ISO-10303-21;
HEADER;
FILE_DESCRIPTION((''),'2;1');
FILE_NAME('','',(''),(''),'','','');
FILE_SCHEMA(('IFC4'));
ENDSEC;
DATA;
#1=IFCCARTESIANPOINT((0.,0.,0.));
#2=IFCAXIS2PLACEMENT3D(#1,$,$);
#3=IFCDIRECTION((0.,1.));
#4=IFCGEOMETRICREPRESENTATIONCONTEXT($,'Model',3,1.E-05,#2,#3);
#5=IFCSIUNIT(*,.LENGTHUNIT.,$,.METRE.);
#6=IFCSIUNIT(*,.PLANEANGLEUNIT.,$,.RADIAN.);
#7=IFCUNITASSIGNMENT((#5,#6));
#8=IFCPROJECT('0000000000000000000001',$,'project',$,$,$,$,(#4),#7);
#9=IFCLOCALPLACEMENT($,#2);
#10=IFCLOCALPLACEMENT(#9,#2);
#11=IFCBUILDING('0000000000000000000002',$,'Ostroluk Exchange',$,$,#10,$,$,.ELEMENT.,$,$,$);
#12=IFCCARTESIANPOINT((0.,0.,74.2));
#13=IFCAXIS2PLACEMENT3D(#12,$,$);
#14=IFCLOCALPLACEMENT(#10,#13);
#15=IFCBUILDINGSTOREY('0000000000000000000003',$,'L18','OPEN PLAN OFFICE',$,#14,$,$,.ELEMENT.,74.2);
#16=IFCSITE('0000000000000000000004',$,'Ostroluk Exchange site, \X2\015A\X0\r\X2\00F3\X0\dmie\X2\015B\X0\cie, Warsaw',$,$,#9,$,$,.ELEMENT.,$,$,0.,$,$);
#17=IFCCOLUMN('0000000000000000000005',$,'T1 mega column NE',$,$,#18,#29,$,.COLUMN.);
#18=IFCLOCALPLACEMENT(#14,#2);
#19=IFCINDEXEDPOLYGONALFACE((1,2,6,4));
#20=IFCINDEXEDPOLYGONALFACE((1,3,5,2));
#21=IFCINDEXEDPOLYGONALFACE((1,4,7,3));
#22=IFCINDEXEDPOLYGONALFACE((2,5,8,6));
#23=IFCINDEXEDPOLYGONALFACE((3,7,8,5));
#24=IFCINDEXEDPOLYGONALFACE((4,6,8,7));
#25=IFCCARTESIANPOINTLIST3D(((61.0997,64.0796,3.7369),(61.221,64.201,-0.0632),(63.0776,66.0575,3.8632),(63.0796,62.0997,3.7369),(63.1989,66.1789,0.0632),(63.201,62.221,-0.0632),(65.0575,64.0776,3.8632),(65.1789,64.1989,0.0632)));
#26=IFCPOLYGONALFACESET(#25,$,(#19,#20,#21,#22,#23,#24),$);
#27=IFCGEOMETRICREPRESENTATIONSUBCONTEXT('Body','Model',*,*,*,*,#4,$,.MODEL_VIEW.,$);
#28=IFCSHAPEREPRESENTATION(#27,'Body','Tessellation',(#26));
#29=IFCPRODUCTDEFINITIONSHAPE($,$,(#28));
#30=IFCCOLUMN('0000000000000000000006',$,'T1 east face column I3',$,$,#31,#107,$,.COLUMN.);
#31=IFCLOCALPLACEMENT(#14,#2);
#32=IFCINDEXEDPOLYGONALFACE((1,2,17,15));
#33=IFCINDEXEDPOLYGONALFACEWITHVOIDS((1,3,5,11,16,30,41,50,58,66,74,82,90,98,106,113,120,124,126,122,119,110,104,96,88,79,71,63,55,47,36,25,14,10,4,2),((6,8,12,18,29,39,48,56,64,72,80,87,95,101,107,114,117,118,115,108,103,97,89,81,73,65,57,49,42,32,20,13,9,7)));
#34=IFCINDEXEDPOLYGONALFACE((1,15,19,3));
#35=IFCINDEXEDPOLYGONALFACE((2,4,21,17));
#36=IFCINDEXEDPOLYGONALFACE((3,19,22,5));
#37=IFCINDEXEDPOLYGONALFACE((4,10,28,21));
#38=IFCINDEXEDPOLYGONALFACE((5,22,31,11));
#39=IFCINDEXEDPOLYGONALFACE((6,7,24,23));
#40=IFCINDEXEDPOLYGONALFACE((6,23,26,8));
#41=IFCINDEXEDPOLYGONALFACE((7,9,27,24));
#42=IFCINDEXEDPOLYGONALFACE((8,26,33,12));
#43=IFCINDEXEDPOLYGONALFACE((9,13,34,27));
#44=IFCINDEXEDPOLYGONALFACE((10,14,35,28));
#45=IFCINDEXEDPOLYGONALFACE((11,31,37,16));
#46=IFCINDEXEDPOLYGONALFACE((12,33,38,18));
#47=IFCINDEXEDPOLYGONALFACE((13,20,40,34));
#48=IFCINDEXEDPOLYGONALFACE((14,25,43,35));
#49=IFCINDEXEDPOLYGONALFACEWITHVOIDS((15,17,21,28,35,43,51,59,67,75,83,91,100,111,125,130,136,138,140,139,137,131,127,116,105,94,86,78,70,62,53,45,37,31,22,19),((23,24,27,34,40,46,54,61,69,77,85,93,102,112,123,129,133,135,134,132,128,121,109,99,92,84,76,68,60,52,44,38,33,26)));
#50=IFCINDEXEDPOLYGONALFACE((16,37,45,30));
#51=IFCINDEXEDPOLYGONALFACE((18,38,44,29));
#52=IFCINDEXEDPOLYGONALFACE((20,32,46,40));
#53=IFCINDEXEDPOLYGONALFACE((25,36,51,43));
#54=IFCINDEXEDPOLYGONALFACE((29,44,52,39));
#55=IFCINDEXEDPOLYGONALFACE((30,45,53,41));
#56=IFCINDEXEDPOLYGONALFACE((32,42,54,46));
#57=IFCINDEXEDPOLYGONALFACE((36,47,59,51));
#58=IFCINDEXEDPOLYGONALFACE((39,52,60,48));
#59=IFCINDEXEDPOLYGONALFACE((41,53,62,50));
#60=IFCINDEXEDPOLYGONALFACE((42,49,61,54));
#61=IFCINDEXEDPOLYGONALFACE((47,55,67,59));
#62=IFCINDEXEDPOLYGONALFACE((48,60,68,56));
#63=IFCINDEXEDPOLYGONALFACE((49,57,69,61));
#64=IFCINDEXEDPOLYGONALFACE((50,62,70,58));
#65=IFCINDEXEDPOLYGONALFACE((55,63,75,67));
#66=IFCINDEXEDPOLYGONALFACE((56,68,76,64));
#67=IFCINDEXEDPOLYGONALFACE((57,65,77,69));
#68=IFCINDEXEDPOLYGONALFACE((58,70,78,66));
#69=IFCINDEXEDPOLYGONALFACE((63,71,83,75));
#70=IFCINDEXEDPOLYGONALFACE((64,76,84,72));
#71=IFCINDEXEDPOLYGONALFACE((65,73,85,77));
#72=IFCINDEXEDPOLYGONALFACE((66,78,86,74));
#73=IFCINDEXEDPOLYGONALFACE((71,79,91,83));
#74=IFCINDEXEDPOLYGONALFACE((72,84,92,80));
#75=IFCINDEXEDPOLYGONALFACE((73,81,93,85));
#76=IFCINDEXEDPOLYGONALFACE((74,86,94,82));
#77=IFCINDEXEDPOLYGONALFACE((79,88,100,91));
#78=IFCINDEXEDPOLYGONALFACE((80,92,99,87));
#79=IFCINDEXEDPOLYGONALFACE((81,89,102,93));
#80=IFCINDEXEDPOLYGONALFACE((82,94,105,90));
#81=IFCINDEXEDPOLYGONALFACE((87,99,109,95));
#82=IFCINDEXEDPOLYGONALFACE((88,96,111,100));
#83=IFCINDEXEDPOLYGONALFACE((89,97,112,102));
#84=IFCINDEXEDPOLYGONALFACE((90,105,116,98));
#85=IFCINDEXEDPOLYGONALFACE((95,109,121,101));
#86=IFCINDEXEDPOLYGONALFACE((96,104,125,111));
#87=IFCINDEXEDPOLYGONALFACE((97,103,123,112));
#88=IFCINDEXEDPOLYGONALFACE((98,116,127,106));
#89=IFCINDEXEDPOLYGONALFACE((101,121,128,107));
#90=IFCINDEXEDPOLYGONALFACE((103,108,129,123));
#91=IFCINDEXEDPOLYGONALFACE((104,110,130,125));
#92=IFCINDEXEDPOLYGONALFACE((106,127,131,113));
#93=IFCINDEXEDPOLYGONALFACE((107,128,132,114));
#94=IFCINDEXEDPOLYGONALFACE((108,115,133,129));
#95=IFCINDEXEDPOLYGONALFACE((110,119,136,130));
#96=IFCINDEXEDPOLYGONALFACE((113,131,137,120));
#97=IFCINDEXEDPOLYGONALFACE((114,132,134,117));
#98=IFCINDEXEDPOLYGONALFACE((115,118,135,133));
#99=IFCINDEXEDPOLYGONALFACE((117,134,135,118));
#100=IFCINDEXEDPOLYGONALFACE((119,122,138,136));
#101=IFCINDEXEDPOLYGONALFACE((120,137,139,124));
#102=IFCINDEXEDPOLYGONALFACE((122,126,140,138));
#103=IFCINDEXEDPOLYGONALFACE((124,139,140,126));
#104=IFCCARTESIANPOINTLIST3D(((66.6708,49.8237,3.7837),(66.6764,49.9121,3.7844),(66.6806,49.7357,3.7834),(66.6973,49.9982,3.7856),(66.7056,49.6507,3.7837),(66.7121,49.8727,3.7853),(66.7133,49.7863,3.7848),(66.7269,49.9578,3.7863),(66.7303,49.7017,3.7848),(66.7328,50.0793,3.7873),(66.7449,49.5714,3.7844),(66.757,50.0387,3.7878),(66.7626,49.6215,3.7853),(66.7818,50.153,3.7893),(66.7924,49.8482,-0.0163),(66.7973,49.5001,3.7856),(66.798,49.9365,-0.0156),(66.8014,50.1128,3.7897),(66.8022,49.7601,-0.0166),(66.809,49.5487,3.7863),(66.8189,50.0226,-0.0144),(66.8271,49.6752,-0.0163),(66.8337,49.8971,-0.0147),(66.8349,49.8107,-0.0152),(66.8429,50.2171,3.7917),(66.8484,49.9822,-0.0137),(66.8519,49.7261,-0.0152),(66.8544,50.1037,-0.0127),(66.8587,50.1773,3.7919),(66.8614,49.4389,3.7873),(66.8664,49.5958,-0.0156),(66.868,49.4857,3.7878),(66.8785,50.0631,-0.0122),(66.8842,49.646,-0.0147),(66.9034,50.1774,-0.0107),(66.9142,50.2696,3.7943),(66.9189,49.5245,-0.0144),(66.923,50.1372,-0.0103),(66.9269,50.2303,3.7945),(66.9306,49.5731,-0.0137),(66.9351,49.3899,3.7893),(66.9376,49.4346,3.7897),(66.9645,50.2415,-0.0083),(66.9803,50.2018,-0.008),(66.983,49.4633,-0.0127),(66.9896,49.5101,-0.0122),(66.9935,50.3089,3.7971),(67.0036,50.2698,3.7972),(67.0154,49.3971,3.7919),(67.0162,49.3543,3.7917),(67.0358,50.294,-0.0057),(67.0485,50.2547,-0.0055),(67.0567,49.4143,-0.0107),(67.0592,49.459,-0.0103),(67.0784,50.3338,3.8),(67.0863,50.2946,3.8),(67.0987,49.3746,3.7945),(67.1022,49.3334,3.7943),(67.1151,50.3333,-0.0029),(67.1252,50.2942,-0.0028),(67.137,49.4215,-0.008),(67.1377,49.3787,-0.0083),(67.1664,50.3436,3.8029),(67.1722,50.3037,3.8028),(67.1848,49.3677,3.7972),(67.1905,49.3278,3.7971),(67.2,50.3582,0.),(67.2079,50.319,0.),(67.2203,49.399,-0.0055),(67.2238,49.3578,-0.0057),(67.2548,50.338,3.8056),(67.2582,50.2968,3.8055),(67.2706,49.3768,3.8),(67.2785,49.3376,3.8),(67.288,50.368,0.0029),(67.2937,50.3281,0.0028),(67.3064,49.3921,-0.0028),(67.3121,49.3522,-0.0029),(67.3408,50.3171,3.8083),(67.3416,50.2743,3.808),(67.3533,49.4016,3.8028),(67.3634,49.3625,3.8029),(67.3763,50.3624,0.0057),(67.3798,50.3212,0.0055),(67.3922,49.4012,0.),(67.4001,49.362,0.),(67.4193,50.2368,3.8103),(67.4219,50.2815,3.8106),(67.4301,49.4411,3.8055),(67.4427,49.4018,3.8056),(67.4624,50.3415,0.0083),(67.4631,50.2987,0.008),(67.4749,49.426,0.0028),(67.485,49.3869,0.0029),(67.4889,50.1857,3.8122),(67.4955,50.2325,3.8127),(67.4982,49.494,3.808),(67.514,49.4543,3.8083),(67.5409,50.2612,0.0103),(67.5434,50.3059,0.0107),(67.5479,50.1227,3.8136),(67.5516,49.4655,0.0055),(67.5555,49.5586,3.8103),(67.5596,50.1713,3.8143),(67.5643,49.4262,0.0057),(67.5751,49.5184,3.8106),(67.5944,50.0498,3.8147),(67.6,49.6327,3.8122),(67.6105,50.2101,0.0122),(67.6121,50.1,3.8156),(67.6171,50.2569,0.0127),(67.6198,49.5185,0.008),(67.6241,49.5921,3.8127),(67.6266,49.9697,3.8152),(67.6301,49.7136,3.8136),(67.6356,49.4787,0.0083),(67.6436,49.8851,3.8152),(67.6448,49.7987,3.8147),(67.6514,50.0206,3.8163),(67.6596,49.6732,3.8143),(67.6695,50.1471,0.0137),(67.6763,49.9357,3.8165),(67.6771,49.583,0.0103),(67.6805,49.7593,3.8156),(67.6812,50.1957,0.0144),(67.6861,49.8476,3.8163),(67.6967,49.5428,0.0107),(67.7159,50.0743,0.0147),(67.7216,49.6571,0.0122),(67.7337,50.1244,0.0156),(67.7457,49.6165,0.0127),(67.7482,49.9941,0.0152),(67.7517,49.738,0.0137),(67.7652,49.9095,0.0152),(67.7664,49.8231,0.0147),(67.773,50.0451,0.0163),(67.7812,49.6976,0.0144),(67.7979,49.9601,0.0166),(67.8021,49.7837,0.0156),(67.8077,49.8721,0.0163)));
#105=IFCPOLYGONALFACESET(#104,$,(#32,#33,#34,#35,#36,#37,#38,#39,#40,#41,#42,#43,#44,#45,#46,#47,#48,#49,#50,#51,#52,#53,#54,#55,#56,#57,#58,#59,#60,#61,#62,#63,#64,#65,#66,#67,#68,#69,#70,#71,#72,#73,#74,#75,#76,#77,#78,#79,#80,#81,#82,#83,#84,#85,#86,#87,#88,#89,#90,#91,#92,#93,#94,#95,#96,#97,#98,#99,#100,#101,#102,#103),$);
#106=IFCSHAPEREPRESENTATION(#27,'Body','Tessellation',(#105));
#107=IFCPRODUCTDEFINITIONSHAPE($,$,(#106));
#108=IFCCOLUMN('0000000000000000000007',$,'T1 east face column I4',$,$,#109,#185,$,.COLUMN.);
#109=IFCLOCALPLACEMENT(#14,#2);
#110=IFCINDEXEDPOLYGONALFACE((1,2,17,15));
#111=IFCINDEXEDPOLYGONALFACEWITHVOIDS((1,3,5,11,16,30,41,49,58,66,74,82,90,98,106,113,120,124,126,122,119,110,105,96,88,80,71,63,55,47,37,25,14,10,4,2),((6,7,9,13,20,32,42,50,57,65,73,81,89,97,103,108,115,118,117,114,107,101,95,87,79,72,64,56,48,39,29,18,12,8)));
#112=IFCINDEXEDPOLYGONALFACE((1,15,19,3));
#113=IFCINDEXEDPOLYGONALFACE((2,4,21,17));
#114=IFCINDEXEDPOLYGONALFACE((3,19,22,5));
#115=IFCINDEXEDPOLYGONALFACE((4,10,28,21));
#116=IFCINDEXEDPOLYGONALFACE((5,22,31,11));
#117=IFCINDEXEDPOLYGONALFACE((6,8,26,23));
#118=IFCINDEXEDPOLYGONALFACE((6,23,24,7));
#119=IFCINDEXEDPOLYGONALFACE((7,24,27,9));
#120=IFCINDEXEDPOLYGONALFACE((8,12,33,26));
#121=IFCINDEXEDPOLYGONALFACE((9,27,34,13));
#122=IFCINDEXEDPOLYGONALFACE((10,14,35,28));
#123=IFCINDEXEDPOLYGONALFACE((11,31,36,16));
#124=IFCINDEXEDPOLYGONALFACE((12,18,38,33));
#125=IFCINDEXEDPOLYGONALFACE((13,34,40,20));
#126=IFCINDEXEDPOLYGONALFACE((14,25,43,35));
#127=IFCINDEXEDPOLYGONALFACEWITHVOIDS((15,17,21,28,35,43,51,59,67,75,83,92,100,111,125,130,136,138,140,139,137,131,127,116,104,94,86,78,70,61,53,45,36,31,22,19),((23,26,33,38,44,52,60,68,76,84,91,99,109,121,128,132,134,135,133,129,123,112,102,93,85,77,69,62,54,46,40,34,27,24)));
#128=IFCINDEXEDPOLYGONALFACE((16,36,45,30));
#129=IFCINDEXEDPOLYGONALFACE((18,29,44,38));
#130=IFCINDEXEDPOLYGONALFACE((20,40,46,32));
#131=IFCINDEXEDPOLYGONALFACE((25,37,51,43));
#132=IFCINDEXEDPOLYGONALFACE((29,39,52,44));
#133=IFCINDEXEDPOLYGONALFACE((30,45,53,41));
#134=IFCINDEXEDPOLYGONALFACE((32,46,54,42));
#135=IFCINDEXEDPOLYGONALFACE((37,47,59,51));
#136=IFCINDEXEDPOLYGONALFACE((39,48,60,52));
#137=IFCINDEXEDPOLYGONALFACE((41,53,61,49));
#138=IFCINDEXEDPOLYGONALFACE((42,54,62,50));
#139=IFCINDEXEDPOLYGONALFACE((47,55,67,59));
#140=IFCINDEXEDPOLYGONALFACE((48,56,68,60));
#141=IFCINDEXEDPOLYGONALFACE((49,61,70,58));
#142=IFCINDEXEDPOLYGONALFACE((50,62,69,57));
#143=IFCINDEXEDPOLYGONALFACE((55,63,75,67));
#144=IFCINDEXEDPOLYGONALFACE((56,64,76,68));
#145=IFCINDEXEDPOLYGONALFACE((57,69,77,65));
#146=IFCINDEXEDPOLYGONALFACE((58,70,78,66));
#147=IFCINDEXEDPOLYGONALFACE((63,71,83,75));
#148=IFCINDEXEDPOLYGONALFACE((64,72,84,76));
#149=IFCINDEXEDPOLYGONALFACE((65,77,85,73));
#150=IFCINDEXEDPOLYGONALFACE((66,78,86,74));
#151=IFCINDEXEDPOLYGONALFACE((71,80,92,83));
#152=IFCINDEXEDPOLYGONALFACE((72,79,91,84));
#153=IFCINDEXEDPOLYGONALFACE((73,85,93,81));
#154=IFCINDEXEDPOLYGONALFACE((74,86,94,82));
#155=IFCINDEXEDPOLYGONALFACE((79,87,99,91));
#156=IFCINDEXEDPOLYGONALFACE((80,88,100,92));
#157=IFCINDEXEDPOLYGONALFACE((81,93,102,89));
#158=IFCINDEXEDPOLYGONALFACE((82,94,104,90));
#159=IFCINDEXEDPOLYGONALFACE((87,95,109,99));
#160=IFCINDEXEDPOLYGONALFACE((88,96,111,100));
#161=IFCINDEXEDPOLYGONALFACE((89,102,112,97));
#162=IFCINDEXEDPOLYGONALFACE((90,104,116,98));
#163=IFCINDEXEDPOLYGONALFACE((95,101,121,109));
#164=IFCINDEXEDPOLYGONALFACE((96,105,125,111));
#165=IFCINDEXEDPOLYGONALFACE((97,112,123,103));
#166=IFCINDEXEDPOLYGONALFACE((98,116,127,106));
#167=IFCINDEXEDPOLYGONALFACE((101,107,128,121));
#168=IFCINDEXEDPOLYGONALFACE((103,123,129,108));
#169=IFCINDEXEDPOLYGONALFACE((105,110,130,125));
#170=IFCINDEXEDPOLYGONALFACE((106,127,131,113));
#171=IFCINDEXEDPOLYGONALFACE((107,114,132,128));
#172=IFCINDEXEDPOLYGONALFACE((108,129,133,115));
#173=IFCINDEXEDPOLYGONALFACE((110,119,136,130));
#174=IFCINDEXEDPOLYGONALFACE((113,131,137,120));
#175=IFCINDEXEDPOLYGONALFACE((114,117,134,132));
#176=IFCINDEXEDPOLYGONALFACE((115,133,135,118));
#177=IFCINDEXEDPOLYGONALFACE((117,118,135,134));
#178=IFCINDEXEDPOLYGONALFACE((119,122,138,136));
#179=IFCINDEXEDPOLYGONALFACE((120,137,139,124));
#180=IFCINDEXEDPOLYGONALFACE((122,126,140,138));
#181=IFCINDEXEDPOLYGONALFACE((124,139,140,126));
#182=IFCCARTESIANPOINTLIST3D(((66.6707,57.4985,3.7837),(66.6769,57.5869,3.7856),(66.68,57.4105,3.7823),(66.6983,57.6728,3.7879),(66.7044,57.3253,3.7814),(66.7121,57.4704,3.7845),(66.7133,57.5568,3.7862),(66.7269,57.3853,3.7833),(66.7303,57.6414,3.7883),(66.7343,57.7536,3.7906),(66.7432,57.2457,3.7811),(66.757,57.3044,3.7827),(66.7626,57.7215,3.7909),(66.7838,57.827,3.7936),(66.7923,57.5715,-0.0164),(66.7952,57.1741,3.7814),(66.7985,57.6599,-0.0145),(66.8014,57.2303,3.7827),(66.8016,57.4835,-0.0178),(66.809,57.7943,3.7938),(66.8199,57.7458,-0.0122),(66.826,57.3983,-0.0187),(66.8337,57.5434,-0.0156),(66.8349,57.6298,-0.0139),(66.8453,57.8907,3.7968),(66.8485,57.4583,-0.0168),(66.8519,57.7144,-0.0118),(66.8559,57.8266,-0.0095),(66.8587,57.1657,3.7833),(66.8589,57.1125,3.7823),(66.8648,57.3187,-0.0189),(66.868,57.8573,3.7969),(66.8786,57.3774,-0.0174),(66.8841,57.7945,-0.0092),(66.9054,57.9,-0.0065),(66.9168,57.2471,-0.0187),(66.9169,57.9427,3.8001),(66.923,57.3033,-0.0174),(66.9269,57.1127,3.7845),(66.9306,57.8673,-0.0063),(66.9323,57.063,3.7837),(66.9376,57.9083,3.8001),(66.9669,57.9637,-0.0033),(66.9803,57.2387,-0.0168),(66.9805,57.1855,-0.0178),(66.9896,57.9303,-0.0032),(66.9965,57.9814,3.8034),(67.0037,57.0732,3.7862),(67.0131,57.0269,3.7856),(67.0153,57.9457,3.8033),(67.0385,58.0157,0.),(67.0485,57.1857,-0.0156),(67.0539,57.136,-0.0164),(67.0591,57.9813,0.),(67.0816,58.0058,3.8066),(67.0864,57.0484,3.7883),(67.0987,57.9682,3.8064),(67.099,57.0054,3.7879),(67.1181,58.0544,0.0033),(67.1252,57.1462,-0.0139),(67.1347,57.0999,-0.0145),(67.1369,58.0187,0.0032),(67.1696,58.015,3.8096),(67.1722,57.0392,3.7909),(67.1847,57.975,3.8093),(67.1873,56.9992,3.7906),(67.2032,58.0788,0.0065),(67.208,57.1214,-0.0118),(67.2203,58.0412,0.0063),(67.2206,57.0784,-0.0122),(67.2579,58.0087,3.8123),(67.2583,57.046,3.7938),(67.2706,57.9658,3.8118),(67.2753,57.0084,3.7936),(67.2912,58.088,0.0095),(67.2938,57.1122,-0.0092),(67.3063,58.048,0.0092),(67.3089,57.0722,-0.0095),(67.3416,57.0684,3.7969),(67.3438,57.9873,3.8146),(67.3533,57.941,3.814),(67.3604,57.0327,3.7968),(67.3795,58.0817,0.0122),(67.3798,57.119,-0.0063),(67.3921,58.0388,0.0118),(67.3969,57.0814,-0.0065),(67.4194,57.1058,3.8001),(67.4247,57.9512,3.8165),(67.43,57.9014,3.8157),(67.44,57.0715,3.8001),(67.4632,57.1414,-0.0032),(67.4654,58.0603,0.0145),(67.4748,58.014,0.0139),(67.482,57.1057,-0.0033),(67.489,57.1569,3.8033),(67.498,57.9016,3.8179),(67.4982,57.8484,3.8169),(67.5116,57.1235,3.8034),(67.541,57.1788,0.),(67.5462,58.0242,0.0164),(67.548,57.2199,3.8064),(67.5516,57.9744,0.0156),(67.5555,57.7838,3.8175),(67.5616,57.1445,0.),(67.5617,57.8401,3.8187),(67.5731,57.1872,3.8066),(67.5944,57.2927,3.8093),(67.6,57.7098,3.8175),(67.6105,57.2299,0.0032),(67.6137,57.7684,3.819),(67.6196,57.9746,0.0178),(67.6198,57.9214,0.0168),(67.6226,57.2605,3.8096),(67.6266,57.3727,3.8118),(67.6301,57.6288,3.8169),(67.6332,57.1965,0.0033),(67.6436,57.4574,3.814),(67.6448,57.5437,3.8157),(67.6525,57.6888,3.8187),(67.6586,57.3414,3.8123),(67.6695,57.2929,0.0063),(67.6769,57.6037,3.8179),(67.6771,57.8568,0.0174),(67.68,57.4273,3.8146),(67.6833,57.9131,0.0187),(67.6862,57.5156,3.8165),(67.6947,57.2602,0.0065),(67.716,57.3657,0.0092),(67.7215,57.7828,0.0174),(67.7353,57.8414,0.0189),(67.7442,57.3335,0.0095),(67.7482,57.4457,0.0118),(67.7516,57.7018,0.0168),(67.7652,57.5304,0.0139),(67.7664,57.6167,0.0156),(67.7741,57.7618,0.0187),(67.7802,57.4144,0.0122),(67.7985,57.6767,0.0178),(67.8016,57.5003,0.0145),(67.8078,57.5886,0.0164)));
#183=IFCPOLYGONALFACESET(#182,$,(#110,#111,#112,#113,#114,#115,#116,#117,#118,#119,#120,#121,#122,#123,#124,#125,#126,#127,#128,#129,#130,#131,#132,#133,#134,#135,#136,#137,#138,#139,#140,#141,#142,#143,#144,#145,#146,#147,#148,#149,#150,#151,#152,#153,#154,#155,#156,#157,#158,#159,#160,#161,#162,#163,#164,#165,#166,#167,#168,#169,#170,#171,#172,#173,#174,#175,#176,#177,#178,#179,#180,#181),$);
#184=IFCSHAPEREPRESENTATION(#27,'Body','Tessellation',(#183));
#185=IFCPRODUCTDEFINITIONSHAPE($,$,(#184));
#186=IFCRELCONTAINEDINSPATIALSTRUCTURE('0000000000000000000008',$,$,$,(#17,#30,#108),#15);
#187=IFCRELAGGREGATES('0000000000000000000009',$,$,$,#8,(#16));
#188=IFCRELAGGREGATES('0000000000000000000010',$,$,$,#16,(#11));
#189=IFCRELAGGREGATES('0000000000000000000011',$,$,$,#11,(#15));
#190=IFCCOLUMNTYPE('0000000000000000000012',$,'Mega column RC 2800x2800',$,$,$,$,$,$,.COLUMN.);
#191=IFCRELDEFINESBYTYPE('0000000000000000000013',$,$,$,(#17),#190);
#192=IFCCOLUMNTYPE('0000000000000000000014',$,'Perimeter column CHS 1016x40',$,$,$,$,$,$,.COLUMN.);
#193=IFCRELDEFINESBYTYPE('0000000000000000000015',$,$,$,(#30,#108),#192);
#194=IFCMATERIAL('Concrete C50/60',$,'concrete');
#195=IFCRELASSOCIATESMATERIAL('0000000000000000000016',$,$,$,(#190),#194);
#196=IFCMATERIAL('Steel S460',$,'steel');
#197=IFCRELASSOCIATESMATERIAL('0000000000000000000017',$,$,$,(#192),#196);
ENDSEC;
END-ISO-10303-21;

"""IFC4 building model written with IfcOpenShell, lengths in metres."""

from ifc_helpers import new_model, si_unit, direction, frame, origin, origin_2d, place, context, subcontext, project, spatial, rectangle, hollow_circle, extrude, material, material_profile, profile_set, type_object, element, save


model = new_model("IFC4")

# Units and contexts
model_context = context("Model", 3, precision=1e-05, world=origin(), true_north=direction((0.0, 1.0)))
body_context = subcontext(model_context, "Body", "Model", "MODEL_VIEW")
ifc_project = project(units=[si_unit("LENGTHUNIT", "METRE"), si_unit("PLANEANGLEUNIT", "RADIAN")], contexts=[model_context])

# Site, building, storey
site_placement = place(None, origin())
site = spatial("IfcSite", under=ifc_project, at=site_placement, Name="Ostroluk Exchange site, Śródmieście, Warsaw", CompositionType="ELEMENT", RefElevation=0.0)
building_placement = place(site_placement, origin())
building = spatial("IfcBuilding", under=site, at=building_placement, Name="Ostroluk Exchange", CompositionType="ELEMENT")
storey_placement = place(building_placement, frame((0.0, 0.0, 74.2)))
storey = spatial("IfcBuildingStorey", under=building, at=storey_placement, Name="L18", Description="OPEN PLAN OFFICE", CompositionType="ELEMENT", Elevation=74.2)

# Columns
ifc_material_1 = material(Name="Concrete C50/60", Category="concrete")
ifc_material_profile_1 = material_profile(ifc_material_1, rectangle(XDim=2.8, YDim=2.8, at=origin_2d()), Name="RC 2800x2800")
ifc_profile_set_1 = profile_set([ifc_material_profile_1], Name="Concrete C50/60")
column_type_1 = type_object("IfcColumnType", Name="Mega column RC 2800x2800", PredefinedType="COLUMN", material=ifc_profile_set_1)
column_1_placement = place(storey_placement, frame((63.2, 64.2, 0.0), z_axis=(-0.031898, -0.031898, 0.998982), x_axis=(0.707107, -0.707107, 0.0)))
element("IfcColumn", 1, at=column_1_placement, inside=storey, type_object=column_type_1, Name="T1 mega column NE", PredefinedType="COLUMN", context=body_context, shape_type="SweptSolid", body=[
    extrude(rectangle(XDim=2.8, YDim=2.8, at=origin_2d()), origin(), (0.0, 0.0, 1.0), 3.804),
])
ifc_material_2 = material(Name="Steel S460", Category="steel")
ifc_material_profile_2 = material_profile(ifc_material_2, hollow_circle(Radius=0.5081, WallThickness=0.04, at=origin_2d()), Name="CHS 1016x40")
ifc_profile_set_2 = profile_set([ifc_material_profile_2], Name="Steel S460")
column_type_2 = type_object("IfcColumnType", Name="Perimeter column CHS 1016x40", PredefinedType="COLUMN", material=ifc_profile_set_2)
column_2_placement = place(storey_placement, frame((67.3, 49.8601, 0.0), z_axis=(-0.031978, -0.006421, 0.999468), x_axis=(0.196873, -0.980429, 0.0)))
element("IfcColumn", 2, at=column_2_placement, inside=storey, type_object=column_type_2, Name="T1 east face column I3", PredefinedType="COLUMN", context=body_context, shape_type="SweptSolid", body=[
    extrude(hollow_circle(Radius=0.5081, WallThickness=0.04, at=origin_2d()), origin(), (0.0, 0.0, 1.0), 3.802),
])
column_3_placement = place(storey_placement, frame((67.3, 57.5801, 0.0), z_axis=(-0.031973, -0.019196, 0.999304), x_axis=(0.514749, -0.857341, 0.0)))
element("IfcColumn", 3, at=column_3_placement, inside=storey, type_object=column_type_2, Name="T1 east face column I4", PredefinedType="COLUMN", context=body_context, shape_type="SweptSolid", body=[
    extrude(hollow_circle(Radius=0.5081, WallThickness=0.04, at=origin_2d()), origin(), (0.0, 0.0, 1.0), 3.8027),
])

save(model, "model.ifc")
